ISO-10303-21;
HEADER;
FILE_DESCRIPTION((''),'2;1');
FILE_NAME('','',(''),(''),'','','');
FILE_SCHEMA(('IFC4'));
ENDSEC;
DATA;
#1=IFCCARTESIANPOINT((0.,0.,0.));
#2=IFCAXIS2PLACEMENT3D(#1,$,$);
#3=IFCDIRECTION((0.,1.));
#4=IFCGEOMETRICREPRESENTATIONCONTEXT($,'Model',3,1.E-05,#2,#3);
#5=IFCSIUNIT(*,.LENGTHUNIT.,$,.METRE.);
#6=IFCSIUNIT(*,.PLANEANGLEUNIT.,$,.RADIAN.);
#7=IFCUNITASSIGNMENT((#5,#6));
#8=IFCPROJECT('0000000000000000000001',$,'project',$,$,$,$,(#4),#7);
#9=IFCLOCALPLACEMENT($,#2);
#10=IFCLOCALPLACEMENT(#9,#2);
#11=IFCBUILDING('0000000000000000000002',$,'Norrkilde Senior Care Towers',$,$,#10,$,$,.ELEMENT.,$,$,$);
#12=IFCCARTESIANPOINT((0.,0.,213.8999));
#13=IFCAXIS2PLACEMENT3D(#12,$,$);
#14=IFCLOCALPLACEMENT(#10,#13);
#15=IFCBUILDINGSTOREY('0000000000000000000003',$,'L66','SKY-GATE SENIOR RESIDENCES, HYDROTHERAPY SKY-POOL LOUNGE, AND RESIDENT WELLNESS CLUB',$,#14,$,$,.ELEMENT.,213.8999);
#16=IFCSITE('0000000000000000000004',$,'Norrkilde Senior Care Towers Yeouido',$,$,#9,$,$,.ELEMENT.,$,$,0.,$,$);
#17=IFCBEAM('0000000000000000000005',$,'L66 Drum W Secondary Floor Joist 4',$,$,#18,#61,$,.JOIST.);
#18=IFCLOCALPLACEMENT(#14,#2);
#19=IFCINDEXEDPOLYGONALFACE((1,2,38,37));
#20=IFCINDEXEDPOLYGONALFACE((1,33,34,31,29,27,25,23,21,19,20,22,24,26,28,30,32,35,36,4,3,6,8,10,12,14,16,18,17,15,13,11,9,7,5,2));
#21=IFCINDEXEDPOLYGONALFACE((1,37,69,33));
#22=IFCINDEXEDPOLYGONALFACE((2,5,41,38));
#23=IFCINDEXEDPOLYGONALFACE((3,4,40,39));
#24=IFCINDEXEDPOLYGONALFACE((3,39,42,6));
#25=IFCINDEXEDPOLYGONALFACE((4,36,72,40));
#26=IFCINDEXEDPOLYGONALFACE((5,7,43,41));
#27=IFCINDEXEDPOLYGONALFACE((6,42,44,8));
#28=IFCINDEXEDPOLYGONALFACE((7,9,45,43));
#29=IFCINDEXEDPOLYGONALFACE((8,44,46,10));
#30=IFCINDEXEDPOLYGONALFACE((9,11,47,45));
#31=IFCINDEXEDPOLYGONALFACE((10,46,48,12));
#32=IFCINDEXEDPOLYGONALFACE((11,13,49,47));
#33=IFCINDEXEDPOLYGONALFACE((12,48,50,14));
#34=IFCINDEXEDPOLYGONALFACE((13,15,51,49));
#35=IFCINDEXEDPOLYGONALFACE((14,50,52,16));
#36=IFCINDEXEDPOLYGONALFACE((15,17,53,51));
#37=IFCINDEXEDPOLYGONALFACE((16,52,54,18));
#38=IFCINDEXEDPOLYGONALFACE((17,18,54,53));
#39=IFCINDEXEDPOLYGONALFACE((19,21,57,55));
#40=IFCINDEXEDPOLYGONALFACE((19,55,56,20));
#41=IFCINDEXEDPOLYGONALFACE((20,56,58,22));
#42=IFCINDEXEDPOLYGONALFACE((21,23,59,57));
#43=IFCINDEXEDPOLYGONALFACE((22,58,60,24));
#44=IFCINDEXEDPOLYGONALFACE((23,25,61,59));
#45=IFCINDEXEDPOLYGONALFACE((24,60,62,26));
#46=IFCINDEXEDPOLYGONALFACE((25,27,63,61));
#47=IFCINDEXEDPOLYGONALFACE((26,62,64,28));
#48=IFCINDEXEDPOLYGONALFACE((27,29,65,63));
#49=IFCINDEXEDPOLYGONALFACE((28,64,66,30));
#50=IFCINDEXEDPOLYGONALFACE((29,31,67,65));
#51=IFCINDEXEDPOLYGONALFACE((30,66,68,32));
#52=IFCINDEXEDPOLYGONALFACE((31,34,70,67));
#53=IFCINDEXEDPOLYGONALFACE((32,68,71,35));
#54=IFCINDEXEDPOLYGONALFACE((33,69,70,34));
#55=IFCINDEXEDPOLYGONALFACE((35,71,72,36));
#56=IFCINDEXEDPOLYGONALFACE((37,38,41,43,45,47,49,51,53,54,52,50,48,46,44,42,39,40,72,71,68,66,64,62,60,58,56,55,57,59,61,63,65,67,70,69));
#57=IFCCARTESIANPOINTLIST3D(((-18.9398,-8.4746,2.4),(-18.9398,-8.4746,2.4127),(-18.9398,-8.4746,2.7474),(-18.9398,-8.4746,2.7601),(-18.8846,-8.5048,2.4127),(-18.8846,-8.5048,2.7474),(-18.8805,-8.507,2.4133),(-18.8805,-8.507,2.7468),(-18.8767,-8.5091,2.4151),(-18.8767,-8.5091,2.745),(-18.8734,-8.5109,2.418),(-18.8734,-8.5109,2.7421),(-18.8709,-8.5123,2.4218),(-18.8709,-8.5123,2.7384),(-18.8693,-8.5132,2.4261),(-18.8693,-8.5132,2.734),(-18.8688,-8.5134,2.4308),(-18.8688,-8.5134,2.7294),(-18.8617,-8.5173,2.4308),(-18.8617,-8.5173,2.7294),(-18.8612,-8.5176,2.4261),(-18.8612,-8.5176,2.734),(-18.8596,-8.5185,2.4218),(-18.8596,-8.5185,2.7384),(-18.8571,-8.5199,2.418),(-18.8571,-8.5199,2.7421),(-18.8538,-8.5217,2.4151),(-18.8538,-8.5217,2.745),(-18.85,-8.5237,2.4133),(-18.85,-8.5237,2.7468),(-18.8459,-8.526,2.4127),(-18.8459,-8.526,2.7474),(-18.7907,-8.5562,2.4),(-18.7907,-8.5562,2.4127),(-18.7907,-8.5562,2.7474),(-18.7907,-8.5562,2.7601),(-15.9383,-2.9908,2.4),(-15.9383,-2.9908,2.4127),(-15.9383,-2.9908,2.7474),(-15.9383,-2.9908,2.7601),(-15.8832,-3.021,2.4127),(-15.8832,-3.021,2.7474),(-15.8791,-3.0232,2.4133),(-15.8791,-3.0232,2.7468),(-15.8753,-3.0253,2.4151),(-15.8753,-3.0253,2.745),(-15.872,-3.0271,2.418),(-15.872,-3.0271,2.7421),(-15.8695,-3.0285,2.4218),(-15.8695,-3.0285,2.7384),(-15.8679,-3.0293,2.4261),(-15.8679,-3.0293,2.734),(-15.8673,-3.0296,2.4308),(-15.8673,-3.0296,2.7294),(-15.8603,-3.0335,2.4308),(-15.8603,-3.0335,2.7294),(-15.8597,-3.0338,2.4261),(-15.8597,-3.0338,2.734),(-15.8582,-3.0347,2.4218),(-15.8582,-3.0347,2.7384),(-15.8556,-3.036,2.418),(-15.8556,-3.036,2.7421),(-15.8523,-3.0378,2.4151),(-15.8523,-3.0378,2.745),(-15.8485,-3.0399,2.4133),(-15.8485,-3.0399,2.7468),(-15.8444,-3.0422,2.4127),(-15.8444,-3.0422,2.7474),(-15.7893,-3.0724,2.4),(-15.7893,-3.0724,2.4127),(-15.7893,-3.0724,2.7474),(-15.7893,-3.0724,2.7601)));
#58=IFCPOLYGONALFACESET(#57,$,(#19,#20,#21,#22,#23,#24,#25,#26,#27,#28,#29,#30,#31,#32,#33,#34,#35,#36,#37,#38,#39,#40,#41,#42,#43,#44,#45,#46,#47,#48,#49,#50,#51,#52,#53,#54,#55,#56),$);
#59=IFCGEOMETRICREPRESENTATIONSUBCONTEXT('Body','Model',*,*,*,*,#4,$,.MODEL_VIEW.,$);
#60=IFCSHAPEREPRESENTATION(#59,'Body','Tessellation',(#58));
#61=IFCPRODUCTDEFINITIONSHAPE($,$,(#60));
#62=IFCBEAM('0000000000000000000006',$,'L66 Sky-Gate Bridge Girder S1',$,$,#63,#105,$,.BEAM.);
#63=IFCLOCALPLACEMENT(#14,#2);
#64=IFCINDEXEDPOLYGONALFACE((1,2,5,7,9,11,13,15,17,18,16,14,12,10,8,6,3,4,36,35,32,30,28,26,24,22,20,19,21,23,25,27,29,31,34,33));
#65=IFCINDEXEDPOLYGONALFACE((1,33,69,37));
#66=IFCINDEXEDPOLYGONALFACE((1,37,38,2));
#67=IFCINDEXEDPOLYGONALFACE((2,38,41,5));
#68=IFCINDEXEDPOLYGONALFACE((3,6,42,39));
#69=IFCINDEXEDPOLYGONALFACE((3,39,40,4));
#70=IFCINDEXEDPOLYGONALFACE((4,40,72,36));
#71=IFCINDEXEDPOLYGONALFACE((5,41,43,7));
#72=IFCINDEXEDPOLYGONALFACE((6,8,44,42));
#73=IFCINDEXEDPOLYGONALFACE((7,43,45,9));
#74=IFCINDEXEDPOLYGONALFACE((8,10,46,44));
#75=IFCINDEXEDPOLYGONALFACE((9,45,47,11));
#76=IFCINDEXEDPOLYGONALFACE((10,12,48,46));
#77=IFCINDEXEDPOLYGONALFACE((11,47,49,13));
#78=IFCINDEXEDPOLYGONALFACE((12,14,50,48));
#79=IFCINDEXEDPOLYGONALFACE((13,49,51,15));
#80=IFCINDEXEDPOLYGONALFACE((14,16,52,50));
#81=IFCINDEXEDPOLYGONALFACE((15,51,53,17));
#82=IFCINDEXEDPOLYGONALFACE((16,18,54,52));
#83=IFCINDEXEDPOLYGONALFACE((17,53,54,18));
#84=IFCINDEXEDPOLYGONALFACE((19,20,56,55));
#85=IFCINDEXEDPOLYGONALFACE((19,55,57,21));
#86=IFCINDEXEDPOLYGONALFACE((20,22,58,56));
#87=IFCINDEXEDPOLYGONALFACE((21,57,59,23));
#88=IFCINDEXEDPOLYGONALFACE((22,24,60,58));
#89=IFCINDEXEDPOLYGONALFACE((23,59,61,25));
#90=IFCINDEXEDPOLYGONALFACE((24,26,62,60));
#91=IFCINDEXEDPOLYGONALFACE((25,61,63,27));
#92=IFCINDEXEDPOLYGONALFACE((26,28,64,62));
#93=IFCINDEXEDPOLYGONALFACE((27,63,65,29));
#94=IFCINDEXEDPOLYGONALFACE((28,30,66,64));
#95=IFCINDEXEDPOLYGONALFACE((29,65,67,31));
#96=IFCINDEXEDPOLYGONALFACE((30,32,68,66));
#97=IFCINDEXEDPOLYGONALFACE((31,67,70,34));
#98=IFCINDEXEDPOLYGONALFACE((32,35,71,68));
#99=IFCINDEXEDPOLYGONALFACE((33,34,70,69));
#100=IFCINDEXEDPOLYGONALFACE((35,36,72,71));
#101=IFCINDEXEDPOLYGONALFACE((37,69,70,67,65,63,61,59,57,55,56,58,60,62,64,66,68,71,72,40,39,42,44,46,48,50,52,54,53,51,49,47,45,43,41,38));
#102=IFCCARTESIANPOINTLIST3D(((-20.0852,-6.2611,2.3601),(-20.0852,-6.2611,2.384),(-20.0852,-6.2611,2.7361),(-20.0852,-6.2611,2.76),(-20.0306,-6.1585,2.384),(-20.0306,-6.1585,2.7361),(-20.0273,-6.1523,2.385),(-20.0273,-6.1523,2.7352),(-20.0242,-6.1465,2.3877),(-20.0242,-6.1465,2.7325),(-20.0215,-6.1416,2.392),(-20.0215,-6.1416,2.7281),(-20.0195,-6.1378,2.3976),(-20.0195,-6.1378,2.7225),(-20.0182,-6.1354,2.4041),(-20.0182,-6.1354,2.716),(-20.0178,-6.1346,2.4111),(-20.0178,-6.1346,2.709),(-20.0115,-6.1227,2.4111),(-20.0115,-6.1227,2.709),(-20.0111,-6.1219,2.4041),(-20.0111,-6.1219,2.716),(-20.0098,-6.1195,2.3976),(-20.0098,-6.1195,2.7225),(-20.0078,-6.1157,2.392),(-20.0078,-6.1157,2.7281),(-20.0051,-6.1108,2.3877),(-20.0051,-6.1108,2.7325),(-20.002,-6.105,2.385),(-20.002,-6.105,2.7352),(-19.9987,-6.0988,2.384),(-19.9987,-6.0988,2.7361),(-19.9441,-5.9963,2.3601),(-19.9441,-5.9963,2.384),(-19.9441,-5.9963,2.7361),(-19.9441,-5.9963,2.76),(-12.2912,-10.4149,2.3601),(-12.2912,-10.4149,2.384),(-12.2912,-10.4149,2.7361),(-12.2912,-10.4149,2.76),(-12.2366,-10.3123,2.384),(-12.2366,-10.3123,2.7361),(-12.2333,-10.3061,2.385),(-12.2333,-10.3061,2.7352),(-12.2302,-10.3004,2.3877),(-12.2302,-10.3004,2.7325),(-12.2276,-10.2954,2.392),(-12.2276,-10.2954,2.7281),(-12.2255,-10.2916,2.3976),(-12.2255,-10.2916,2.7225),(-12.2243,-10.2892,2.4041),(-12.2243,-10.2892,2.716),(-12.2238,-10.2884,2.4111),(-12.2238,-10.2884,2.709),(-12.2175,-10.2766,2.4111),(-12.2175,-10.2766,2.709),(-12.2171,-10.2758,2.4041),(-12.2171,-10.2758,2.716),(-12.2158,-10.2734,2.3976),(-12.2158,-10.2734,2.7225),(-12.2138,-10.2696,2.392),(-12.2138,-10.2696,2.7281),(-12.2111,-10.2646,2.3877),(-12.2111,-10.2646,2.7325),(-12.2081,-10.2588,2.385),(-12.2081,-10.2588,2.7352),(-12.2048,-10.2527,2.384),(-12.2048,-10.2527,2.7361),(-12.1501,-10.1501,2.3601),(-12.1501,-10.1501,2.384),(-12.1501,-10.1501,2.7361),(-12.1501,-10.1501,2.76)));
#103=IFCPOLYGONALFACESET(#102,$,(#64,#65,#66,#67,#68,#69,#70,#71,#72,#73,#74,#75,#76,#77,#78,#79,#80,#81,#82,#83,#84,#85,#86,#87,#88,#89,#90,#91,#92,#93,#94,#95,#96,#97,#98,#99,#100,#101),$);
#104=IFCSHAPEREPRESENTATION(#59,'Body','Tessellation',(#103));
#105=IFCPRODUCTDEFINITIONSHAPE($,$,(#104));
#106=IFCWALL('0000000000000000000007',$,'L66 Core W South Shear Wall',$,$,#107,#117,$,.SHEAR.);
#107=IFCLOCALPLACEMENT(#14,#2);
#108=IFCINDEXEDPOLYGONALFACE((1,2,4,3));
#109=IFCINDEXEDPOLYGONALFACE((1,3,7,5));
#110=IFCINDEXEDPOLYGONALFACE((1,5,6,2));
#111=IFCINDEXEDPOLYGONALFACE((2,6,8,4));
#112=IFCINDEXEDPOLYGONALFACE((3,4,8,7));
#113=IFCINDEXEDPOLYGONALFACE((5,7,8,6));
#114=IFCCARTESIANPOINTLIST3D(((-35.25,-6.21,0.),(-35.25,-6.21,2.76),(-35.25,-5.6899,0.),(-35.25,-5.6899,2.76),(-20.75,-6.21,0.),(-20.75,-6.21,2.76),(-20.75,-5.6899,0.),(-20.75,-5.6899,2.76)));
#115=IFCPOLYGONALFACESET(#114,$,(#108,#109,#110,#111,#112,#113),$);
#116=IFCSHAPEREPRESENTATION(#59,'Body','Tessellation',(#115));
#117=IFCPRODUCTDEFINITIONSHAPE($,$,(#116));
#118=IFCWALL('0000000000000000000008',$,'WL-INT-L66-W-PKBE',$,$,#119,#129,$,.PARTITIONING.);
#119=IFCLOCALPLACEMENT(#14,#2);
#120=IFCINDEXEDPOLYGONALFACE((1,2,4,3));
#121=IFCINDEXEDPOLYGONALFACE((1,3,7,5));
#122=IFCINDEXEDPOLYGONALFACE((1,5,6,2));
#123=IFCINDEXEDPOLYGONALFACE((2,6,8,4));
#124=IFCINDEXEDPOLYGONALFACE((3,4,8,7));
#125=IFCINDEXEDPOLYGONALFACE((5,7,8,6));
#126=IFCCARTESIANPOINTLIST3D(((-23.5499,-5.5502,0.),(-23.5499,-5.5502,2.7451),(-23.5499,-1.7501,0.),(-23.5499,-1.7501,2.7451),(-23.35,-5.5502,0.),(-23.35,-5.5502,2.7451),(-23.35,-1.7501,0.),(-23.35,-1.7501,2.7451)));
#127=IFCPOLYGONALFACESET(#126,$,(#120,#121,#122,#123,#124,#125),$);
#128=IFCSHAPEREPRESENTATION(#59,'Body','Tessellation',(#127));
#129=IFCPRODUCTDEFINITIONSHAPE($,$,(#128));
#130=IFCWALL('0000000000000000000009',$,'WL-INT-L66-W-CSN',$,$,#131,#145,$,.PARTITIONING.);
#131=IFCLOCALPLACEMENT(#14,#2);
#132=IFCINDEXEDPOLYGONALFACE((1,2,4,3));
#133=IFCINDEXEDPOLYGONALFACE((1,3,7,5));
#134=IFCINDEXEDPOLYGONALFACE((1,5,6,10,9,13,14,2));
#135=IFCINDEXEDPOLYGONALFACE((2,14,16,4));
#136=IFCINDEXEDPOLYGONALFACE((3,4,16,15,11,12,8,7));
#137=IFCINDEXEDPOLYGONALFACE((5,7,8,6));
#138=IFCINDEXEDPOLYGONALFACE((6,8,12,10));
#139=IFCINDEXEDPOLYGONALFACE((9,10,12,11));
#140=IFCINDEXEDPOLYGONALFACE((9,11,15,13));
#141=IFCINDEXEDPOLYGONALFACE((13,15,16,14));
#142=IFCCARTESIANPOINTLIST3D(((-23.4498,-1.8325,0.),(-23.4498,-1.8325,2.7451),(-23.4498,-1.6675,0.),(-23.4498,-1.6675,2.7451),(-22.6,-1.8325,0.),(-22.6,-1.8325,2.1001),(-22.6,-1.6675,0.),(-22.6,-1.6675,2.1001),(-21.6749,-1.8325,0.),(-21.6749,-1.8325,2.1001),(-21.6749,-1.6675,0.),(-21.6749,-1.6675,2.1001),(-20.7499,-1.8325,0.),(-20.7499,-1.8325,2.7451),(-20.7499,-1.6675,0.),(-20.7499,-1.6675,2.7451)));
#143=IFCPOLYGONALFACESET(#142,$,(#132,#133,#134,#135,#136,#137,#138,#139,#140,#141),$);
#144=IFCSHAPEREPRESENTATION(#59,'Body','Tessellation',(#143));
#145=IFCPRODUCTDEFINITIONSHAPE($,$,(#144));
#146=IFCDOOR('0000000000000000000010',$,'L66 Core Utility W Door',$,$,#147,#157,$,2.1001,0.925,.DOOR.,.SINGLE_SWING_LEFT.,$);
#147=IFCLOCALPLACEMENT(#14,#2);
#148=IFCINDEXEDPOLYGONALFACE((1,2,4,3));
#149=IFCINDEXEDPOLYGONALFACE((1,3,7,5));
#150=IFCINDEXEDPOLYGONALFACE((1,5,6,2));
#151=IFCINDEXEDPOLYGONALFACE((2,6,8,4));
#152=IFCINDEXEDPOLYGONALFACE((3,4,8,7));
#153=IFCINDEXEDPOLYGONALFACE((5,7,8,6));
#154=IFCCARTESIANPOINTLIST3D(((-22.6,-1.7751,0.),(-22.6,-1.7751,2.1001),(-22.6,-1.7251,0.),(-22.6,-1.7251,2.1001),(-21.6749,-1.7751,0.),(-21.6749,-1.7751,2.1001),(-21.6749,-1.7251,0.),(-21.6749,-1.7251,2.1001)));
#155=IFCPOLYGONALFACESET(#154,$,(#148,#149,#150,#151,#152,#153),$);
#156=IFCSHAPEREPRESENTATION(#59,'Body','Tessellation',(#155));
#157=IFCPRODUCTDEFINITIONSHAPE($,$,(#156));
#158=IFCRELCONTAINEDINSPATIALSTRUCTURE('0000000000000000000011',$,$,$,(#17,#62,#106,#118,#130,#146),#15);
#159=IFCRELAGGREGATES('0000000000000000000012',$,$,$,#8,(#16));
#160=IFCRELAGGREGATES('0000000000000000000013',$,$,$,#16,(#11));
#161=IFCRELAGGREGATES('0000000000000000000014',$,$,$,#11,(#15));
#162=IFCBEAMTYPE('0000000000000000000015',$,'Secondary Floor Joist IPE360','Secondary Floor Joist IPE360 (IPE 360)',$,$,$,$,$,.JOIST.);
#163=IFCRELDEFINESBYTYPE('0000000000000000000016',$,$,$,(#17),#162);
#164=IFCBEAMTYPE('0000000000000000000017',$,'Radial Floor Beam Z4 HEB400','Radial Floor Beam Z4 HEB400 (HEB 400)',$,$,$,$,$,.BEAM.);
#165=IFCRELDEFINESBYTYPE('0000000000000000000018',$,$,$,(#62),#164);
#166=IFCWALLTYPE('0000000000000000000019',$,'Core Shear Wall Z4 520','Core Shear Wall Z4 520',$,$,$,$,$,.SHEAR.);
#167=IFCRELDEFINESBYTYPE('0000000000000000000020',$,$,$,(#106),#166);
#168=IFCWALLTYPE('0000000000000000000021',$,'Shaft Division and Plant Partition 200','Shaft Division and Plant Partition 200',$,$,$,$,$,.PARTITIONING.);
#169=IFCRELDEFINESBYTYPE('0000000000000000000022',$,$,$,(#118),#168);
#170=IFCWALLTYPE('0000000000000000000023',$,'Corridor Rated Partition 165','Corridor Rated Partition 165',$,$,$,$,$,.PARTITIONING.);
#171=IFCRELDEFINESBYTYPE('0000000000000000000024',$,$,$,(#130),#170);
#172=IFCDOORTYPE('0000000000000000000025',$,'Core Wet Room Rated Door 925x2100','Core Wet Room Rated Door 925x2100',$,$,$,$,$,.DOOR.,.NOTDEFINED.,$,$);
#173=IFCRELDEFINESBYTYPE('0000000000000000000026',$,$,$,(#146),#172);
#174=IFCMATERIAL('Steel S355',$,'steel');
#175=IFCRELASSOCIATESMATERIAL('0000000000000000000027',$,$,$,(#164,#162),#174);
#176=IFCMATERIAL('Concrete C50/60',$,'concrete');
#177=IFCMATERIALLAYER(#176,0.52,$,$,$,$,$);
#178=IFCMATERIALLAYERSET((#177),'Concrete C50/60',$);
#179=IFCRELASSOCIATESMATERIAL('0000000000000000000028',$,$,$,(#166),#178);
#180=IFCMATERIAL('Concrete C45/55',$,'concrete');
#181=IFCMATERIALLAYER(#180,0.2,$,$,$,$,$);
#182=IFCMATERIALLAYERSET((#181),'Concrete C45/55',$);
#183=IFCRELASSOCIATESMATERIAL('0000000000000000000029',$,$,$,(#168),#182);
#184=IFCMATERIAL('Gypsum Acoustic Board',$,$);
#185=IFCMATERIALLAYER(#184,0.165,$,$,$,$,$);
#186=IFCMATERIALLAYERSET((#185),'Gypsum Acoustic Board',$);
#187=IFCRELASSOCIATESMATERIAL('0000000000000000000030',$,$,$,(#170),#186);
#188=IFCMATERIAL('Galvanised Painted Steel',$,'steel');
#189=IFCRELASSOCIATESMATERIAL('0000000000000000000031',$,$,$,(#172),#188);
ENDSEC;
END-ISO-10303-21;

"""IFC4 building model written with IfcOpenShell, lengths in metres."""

from ifc_helpers import new_model, si_unit, direction, frame, frame_2d, origin, origin_2d, place, context, subcontext, project, spatial, rectangle, i_section, extrude, source, transform, mapped, material, layer, layer_set, material_profile, profile_set, type_object, type_shapes, element, fill, save


model = new_model("IFC4")

# Units and contexts
model_context = context("Model", 3, precision=1e-05, world=origin(), true_north=direction((0.0, 1.0)))
body_context = subcontext(model_context, "Body", "Model", "MODEL_VIEW")
ifc_project = project(units=[si_unit("LENGTHUNIT", "METRE"), si_unit("PLANEANGLEUNIT", "RADIAN")], contexts=[model_context])

# Site, building, storey
site_placement = place(None, origin())
site = spatial("IfcSite", under=ifc_project, at=site_placement, Name="Norrkilde Senior Care Towers Yeouido", CompositionType="ELEMENT", RefElevation=0.0)
building_placement = place(site_placement, origin())
building = spatial("IfcBuilding", under=site, at=building_placement, Name="Norrkilde Senior Care Towers", CompositionType="ELEMENT")
storey_placement = place(building_placement, frame((0.0, 0.0, 213.8999)))
storey = spatial("IfcBuildingStorey", under=building, at=storey_placement, Name="L66", Description="SKY-GATE SENIOR RESIDENCES, HYDROTHERAPY SKY-POOL LOUNGE, AND RESIDENT WELLNESS CLUB", CompositionType="ELEMENT", Elevation=213.8999)

# Shared definitions
ifc_material_1 = material(Name="Concrete C50/60", Category="concrete")

# Beams
ifc_material_2 = material(Name="Steel S355", Category="steel")
ifc_material_profile_1 = material_profile(ifc_material_2, i_section(OverallWidth=0.3, OverallDepth=0.3999, WebThickness=0.0134, FlangeThickness=0.0239, FilletRadius=0.0271, at=origin_2d()), Name="HEB 400")
ifc_profile_set_1 = profile_set([ifc_material_profile_1], Name="Steel S355")
beam_type_1 = type_object("IfcBeamType", Name="Radial Floor Beam Z4 HEB400", Description="Radial Floor Beam Z4 HEB400 (HEB 400)", PredefinedType="BEAM", material=ifc_profile_set_1)
ifc_material_profile_2 = material_profile(ifc_material_2, i_section(OverallWidth=0.1699, OverallDepth=0.3601, WebThickness=0.0081, FlangeThickness=0.0127, FilletRadius=0.0181, at=origin_2d()), Name="IPE 360")
ifc_profile_set_2 = profile_set([ifc_material_profile_2], Name="Steel S355")
beam_type_2 = type_object("IfcBeamType", Name="Secondary Floor Joist IPE360", Description="Secondary Floor Joist IPE360 (IPE 360)", PredefinedType="JOIST", material=ifc_profile_set_2)
shared_shape_1 = source(origin(), body_context, "Body", "SweptSolid", [
    extrude(i_section(OverallWidth=0.1699, OverallDepth=0.3601, WebThickness=0.0081, FlangeThickness=0.0127, FilletRadius=0.0181, at=origin_2d()), origin(), (0.0, 0.0, 1.0), 6.2515),
])
type_shapes(beam_type_2, [shared_shape_1])
beam_1_placement = place(storey_placement, frame((-18.8652, -8.5154, 2.5801), z_axis=(0.480116, 0.877205, 0.0), x_axis=(-0.877205, 0.480116, 0.0)))
element("IfcBeam", 1, at=beam_1_placement, inside=storey, type_object=beam_type_2, Name="L66 Drum W Secondary Floor Joist 4", PredefinedType="JOIST", context=body_context, shape_type="MappedRepresentation", body=[
    mapped(shared_shape_1, transform((0.0, 0.0, 0.0), x_axis=(1.0, 0.0, 0.0), y_axis=(0.0, 1.0, 0.0), z_axis=(0.0, 0.0, 1.0), scale=1.0)),
])
shared_shape_2 = source(origin(), body_context, "Body", "SweptSolid", [
    extrude(i_section(OverallWidth=0.3, OverallDepth=0.3999, WebThickness=0.0134, FlangeThickness=0.0239, FilletRadius=0.0271, at=origin_2d()), origin(), (0.0, 0.0, 1.0), 8.8318),
])
beam_2_placement = place(storey_placement, frame((-20.0146, -6.1287, 2.5601), z_axis=(0.882492, -0.470327, 0.0), x_axis=(0.470327, 0.882492, 0.0)))
element("IfcBeam", 2, at=beam_2_placement, inside=storey, type_object=beam_type_1, Name="L66 Sky-Gate Bridge Girder S1", PredefinedType="BEAM", context=body_context, shape_type="MappedRepresentation", body=[
    mapped(shared_shape_2, transform((0.0, 0.0, 0.0), x_axis=(1.0, 0.0, 0.0), y_axis=(0.0, 1.0, 0.0), z_axis=(0.0, 0.0, 1.0), scale=1.0)),
])

# Walls
ifc_layer_1 = layer(ifc_material_1, 0.52)
ifc_layer_set_1 = layer_set([ifc_layer_1], Name="Concrete C50/60")
wall_type_1 = type_object("IfcWallType", Name="Core Shear Wall Z4 520", Description="Core Shear Wall Z4 520", PredefinedType="SHEAR", material=ifc_layer_set_1)
shared_shape_3 = source(origin(), body_context, "Body", "SweptSolid", [
    extrude(rectangle(XDim=14.5, YDim=0.52, at=frame_2d((7.25, 0.0))), origin(), (0.0, 0.0, 1.0), 2.76),
])
type_shapes(wall_type_1, [shared_shape_3])
wall_1_placement = place(storey_placement, frame((-20.75, -5.95, 0.0), z_axis=(0.0, 0.0, 1.0), x_axis=(-1.0, 0.0, 0.0)))
element("IfcWall", 3, at=wall_1_placement, inside=storey, type_object=wall_type_1, Name="L66 Core W South Shear Wall", PredefinedType="SHEAR", context=body_context, shape_type="MappedRepresentation", body=[
    mapped(shared_shape_3, transform((0.0, 0.0, 0.0), x_axis=(1.0, 0.0, 0.0), y_axis=(0.0, 1.0, 0.0), z_axis=(0.0, 0.0, 1.0), scale=1.0)),
])
ifc_material_3 = material(Name="Concrete C45/55", Category="concrete")
ifc_layer_2 = layer(ifc_material_3, 0.2)
ifc_layer_set_2 = layer_set([ifc_layer_2], Name="Concrete C45/55")
wall_type_2 = type_object("IfcWallType", Name="Shaft Division and Plant Partition 200", Description="Shaft Division and Plant Partition 200", PredefinedType="PARTITIONING", material=ifc_layer_set_2)
shared_shape_4 = source(origin(), body_context, "Body", "SweptSolid", [
    extrude(rectangle(XDim=3.8, YDim=0.2, at=frame_2d((1.8999, 0.0))), origin(), (0.0, 0.0, 1.0), 2.7451),
])
type_shapes(wall_type_2, [shared_shape_4])
wall_2_placement = place(storey_placement, frame((-23.45, -5.55, 0.0), z_axis=(0.0, 0.0, 1.0), x_axis=(0.0, 1.0, 0.0)))
element("IfcWall", 4, at=wall_2_placement, inside=storey, type_object=wall_type_2, Name="WL-INT-L66-W-PKBE", PredefinedType="PARTITIONING", context=body_context, shape_type="MappedRepresentation", body=[
    mapped(shared_shape_4, transform((0.0, 0.0, 0.0), x_axis=(1.0, 0.0, 0.0), y_axis=(0.0, 1.0, 0.0), z_axis=(0.0, 0.0, 1.0), scale=1.0)),
])

# Wall, opening, door
ifc_material_4 = material(Name="Gypsum Acoustic Board")
ifc_layer_3 = layer(ifc_material_4, 0.165)
ifc_layer_set_3 = layer_set([ifc_layer_3], Name="Gypsum Acoustic Board")
wall_type_3 = type_object("IfcWallType", Name="Corridor Rated Partition 165", Description="Corridor Rated Partition 165", PredefinedType="PARTITIONING", material=ifc_layer_set_3)
shared_shape_5 = source(origin(), body_context, "Body", "SweptSolid", [
    extrude(rectangle(XDim=2.7, YDim=0.165, at=frame_2d((1.3501, 0.0))), origin(), (0.0, 0.0, 1.0), 2.7451),
])
wall_3_placement = place(storey_placement, frame((-23.45, -1.75, 0.0), z_axis=(0.0, 0.0, 1.0), x_axis=(1.0, 0.0, 0.0)))
wall_3 = element("IfcWall", 5, at=wall_3_placement, inside=storey, type_object=wall_type_3, Name="WL-INT-L66-W-CSN", PredefinedType="PARTITIONING", context=body_context, shape_type="MappedRepresentation", body=[
    mapped(shared_shape_5, transform((0.0, 0.0, 0.0), x_axis=(1.0, 0.0, 0.0), y_axis=(0.0, 1.0, 0.0), z_axis=(0.0, 0.0, 1.0), scale=1.0)),
])
opening_1_placement = place(wall_3_placement, frame((0.8501, 0.0, 0.0)))
opening_1 = element("IfcOpeningElement", 6, at=opening_1_placement, cuts=wall_3, PredefinedType="OPENING", context=body_context, shape_type="SweptSolid", body=[
    extrude(rectangle(XDim=0.925, YDim=2.1001, at=frame_2d((0.4624, 1.05))), frame((0.0, 0.0925, 0.0), z_axis=(0.0, -1.0, 0.0), x_axis=(1.0, 0.0, 0.0)), (0.0, 0.0, 1.0), 0.1851),
])
ifc_material_5 = material(Name="Galvanised Painted Steel", Category="steel")
door_type_1 = type_object("IfcDoorType", Name="Core Wet Room Rated Door 925x2100", Description="Core Wet Room Rated Door 925x2100", OperationType="NOTDEFINED", PredefinedType="DOOR", material=ifc_material_5)
shared_shape_6 = source(origin(), body_context, "Body", "SweptSolid", [
    extrude(rectangle(XDim=0.925, YDim=2.1001, at=frame_2d((0.4624, 1.05))), frame((0.0, 0.0249, 0.0), z_axis=(0.0, -1.0, 0.0), x_axis=(1.0, 0.0, 0.0)), (0.0, 0.0, 1.0), 0.05),
])
type_shapes(door_type_1, [shared_shape_6])
door_1_placement = place(opening_1_placement, origin())
door_1 = element("IfcDoor", 7, at=door_1_placement, inside=storey, type_object=door_type_1, Name="L66 Core Utility W Door", OperationType="SINGLE_SWING_LEFT", OverallHeight=2.1001, OverallWidth=0.925, PredefinedType="DOOR", context=body_context, shape_type="MappedRepresentation", body=[
    mapped(shared_shape_6, transform((0.0, 0.0, 0.0), x_axis=(1.0, 0.0, 0.0), y_axis=(0.0, 1.0, 0.0), z_axis=(0.0, 0.0, 1.0), scale=1.0)),
])
fill(opening_1, door_1)

save(model, "model.ifc")
